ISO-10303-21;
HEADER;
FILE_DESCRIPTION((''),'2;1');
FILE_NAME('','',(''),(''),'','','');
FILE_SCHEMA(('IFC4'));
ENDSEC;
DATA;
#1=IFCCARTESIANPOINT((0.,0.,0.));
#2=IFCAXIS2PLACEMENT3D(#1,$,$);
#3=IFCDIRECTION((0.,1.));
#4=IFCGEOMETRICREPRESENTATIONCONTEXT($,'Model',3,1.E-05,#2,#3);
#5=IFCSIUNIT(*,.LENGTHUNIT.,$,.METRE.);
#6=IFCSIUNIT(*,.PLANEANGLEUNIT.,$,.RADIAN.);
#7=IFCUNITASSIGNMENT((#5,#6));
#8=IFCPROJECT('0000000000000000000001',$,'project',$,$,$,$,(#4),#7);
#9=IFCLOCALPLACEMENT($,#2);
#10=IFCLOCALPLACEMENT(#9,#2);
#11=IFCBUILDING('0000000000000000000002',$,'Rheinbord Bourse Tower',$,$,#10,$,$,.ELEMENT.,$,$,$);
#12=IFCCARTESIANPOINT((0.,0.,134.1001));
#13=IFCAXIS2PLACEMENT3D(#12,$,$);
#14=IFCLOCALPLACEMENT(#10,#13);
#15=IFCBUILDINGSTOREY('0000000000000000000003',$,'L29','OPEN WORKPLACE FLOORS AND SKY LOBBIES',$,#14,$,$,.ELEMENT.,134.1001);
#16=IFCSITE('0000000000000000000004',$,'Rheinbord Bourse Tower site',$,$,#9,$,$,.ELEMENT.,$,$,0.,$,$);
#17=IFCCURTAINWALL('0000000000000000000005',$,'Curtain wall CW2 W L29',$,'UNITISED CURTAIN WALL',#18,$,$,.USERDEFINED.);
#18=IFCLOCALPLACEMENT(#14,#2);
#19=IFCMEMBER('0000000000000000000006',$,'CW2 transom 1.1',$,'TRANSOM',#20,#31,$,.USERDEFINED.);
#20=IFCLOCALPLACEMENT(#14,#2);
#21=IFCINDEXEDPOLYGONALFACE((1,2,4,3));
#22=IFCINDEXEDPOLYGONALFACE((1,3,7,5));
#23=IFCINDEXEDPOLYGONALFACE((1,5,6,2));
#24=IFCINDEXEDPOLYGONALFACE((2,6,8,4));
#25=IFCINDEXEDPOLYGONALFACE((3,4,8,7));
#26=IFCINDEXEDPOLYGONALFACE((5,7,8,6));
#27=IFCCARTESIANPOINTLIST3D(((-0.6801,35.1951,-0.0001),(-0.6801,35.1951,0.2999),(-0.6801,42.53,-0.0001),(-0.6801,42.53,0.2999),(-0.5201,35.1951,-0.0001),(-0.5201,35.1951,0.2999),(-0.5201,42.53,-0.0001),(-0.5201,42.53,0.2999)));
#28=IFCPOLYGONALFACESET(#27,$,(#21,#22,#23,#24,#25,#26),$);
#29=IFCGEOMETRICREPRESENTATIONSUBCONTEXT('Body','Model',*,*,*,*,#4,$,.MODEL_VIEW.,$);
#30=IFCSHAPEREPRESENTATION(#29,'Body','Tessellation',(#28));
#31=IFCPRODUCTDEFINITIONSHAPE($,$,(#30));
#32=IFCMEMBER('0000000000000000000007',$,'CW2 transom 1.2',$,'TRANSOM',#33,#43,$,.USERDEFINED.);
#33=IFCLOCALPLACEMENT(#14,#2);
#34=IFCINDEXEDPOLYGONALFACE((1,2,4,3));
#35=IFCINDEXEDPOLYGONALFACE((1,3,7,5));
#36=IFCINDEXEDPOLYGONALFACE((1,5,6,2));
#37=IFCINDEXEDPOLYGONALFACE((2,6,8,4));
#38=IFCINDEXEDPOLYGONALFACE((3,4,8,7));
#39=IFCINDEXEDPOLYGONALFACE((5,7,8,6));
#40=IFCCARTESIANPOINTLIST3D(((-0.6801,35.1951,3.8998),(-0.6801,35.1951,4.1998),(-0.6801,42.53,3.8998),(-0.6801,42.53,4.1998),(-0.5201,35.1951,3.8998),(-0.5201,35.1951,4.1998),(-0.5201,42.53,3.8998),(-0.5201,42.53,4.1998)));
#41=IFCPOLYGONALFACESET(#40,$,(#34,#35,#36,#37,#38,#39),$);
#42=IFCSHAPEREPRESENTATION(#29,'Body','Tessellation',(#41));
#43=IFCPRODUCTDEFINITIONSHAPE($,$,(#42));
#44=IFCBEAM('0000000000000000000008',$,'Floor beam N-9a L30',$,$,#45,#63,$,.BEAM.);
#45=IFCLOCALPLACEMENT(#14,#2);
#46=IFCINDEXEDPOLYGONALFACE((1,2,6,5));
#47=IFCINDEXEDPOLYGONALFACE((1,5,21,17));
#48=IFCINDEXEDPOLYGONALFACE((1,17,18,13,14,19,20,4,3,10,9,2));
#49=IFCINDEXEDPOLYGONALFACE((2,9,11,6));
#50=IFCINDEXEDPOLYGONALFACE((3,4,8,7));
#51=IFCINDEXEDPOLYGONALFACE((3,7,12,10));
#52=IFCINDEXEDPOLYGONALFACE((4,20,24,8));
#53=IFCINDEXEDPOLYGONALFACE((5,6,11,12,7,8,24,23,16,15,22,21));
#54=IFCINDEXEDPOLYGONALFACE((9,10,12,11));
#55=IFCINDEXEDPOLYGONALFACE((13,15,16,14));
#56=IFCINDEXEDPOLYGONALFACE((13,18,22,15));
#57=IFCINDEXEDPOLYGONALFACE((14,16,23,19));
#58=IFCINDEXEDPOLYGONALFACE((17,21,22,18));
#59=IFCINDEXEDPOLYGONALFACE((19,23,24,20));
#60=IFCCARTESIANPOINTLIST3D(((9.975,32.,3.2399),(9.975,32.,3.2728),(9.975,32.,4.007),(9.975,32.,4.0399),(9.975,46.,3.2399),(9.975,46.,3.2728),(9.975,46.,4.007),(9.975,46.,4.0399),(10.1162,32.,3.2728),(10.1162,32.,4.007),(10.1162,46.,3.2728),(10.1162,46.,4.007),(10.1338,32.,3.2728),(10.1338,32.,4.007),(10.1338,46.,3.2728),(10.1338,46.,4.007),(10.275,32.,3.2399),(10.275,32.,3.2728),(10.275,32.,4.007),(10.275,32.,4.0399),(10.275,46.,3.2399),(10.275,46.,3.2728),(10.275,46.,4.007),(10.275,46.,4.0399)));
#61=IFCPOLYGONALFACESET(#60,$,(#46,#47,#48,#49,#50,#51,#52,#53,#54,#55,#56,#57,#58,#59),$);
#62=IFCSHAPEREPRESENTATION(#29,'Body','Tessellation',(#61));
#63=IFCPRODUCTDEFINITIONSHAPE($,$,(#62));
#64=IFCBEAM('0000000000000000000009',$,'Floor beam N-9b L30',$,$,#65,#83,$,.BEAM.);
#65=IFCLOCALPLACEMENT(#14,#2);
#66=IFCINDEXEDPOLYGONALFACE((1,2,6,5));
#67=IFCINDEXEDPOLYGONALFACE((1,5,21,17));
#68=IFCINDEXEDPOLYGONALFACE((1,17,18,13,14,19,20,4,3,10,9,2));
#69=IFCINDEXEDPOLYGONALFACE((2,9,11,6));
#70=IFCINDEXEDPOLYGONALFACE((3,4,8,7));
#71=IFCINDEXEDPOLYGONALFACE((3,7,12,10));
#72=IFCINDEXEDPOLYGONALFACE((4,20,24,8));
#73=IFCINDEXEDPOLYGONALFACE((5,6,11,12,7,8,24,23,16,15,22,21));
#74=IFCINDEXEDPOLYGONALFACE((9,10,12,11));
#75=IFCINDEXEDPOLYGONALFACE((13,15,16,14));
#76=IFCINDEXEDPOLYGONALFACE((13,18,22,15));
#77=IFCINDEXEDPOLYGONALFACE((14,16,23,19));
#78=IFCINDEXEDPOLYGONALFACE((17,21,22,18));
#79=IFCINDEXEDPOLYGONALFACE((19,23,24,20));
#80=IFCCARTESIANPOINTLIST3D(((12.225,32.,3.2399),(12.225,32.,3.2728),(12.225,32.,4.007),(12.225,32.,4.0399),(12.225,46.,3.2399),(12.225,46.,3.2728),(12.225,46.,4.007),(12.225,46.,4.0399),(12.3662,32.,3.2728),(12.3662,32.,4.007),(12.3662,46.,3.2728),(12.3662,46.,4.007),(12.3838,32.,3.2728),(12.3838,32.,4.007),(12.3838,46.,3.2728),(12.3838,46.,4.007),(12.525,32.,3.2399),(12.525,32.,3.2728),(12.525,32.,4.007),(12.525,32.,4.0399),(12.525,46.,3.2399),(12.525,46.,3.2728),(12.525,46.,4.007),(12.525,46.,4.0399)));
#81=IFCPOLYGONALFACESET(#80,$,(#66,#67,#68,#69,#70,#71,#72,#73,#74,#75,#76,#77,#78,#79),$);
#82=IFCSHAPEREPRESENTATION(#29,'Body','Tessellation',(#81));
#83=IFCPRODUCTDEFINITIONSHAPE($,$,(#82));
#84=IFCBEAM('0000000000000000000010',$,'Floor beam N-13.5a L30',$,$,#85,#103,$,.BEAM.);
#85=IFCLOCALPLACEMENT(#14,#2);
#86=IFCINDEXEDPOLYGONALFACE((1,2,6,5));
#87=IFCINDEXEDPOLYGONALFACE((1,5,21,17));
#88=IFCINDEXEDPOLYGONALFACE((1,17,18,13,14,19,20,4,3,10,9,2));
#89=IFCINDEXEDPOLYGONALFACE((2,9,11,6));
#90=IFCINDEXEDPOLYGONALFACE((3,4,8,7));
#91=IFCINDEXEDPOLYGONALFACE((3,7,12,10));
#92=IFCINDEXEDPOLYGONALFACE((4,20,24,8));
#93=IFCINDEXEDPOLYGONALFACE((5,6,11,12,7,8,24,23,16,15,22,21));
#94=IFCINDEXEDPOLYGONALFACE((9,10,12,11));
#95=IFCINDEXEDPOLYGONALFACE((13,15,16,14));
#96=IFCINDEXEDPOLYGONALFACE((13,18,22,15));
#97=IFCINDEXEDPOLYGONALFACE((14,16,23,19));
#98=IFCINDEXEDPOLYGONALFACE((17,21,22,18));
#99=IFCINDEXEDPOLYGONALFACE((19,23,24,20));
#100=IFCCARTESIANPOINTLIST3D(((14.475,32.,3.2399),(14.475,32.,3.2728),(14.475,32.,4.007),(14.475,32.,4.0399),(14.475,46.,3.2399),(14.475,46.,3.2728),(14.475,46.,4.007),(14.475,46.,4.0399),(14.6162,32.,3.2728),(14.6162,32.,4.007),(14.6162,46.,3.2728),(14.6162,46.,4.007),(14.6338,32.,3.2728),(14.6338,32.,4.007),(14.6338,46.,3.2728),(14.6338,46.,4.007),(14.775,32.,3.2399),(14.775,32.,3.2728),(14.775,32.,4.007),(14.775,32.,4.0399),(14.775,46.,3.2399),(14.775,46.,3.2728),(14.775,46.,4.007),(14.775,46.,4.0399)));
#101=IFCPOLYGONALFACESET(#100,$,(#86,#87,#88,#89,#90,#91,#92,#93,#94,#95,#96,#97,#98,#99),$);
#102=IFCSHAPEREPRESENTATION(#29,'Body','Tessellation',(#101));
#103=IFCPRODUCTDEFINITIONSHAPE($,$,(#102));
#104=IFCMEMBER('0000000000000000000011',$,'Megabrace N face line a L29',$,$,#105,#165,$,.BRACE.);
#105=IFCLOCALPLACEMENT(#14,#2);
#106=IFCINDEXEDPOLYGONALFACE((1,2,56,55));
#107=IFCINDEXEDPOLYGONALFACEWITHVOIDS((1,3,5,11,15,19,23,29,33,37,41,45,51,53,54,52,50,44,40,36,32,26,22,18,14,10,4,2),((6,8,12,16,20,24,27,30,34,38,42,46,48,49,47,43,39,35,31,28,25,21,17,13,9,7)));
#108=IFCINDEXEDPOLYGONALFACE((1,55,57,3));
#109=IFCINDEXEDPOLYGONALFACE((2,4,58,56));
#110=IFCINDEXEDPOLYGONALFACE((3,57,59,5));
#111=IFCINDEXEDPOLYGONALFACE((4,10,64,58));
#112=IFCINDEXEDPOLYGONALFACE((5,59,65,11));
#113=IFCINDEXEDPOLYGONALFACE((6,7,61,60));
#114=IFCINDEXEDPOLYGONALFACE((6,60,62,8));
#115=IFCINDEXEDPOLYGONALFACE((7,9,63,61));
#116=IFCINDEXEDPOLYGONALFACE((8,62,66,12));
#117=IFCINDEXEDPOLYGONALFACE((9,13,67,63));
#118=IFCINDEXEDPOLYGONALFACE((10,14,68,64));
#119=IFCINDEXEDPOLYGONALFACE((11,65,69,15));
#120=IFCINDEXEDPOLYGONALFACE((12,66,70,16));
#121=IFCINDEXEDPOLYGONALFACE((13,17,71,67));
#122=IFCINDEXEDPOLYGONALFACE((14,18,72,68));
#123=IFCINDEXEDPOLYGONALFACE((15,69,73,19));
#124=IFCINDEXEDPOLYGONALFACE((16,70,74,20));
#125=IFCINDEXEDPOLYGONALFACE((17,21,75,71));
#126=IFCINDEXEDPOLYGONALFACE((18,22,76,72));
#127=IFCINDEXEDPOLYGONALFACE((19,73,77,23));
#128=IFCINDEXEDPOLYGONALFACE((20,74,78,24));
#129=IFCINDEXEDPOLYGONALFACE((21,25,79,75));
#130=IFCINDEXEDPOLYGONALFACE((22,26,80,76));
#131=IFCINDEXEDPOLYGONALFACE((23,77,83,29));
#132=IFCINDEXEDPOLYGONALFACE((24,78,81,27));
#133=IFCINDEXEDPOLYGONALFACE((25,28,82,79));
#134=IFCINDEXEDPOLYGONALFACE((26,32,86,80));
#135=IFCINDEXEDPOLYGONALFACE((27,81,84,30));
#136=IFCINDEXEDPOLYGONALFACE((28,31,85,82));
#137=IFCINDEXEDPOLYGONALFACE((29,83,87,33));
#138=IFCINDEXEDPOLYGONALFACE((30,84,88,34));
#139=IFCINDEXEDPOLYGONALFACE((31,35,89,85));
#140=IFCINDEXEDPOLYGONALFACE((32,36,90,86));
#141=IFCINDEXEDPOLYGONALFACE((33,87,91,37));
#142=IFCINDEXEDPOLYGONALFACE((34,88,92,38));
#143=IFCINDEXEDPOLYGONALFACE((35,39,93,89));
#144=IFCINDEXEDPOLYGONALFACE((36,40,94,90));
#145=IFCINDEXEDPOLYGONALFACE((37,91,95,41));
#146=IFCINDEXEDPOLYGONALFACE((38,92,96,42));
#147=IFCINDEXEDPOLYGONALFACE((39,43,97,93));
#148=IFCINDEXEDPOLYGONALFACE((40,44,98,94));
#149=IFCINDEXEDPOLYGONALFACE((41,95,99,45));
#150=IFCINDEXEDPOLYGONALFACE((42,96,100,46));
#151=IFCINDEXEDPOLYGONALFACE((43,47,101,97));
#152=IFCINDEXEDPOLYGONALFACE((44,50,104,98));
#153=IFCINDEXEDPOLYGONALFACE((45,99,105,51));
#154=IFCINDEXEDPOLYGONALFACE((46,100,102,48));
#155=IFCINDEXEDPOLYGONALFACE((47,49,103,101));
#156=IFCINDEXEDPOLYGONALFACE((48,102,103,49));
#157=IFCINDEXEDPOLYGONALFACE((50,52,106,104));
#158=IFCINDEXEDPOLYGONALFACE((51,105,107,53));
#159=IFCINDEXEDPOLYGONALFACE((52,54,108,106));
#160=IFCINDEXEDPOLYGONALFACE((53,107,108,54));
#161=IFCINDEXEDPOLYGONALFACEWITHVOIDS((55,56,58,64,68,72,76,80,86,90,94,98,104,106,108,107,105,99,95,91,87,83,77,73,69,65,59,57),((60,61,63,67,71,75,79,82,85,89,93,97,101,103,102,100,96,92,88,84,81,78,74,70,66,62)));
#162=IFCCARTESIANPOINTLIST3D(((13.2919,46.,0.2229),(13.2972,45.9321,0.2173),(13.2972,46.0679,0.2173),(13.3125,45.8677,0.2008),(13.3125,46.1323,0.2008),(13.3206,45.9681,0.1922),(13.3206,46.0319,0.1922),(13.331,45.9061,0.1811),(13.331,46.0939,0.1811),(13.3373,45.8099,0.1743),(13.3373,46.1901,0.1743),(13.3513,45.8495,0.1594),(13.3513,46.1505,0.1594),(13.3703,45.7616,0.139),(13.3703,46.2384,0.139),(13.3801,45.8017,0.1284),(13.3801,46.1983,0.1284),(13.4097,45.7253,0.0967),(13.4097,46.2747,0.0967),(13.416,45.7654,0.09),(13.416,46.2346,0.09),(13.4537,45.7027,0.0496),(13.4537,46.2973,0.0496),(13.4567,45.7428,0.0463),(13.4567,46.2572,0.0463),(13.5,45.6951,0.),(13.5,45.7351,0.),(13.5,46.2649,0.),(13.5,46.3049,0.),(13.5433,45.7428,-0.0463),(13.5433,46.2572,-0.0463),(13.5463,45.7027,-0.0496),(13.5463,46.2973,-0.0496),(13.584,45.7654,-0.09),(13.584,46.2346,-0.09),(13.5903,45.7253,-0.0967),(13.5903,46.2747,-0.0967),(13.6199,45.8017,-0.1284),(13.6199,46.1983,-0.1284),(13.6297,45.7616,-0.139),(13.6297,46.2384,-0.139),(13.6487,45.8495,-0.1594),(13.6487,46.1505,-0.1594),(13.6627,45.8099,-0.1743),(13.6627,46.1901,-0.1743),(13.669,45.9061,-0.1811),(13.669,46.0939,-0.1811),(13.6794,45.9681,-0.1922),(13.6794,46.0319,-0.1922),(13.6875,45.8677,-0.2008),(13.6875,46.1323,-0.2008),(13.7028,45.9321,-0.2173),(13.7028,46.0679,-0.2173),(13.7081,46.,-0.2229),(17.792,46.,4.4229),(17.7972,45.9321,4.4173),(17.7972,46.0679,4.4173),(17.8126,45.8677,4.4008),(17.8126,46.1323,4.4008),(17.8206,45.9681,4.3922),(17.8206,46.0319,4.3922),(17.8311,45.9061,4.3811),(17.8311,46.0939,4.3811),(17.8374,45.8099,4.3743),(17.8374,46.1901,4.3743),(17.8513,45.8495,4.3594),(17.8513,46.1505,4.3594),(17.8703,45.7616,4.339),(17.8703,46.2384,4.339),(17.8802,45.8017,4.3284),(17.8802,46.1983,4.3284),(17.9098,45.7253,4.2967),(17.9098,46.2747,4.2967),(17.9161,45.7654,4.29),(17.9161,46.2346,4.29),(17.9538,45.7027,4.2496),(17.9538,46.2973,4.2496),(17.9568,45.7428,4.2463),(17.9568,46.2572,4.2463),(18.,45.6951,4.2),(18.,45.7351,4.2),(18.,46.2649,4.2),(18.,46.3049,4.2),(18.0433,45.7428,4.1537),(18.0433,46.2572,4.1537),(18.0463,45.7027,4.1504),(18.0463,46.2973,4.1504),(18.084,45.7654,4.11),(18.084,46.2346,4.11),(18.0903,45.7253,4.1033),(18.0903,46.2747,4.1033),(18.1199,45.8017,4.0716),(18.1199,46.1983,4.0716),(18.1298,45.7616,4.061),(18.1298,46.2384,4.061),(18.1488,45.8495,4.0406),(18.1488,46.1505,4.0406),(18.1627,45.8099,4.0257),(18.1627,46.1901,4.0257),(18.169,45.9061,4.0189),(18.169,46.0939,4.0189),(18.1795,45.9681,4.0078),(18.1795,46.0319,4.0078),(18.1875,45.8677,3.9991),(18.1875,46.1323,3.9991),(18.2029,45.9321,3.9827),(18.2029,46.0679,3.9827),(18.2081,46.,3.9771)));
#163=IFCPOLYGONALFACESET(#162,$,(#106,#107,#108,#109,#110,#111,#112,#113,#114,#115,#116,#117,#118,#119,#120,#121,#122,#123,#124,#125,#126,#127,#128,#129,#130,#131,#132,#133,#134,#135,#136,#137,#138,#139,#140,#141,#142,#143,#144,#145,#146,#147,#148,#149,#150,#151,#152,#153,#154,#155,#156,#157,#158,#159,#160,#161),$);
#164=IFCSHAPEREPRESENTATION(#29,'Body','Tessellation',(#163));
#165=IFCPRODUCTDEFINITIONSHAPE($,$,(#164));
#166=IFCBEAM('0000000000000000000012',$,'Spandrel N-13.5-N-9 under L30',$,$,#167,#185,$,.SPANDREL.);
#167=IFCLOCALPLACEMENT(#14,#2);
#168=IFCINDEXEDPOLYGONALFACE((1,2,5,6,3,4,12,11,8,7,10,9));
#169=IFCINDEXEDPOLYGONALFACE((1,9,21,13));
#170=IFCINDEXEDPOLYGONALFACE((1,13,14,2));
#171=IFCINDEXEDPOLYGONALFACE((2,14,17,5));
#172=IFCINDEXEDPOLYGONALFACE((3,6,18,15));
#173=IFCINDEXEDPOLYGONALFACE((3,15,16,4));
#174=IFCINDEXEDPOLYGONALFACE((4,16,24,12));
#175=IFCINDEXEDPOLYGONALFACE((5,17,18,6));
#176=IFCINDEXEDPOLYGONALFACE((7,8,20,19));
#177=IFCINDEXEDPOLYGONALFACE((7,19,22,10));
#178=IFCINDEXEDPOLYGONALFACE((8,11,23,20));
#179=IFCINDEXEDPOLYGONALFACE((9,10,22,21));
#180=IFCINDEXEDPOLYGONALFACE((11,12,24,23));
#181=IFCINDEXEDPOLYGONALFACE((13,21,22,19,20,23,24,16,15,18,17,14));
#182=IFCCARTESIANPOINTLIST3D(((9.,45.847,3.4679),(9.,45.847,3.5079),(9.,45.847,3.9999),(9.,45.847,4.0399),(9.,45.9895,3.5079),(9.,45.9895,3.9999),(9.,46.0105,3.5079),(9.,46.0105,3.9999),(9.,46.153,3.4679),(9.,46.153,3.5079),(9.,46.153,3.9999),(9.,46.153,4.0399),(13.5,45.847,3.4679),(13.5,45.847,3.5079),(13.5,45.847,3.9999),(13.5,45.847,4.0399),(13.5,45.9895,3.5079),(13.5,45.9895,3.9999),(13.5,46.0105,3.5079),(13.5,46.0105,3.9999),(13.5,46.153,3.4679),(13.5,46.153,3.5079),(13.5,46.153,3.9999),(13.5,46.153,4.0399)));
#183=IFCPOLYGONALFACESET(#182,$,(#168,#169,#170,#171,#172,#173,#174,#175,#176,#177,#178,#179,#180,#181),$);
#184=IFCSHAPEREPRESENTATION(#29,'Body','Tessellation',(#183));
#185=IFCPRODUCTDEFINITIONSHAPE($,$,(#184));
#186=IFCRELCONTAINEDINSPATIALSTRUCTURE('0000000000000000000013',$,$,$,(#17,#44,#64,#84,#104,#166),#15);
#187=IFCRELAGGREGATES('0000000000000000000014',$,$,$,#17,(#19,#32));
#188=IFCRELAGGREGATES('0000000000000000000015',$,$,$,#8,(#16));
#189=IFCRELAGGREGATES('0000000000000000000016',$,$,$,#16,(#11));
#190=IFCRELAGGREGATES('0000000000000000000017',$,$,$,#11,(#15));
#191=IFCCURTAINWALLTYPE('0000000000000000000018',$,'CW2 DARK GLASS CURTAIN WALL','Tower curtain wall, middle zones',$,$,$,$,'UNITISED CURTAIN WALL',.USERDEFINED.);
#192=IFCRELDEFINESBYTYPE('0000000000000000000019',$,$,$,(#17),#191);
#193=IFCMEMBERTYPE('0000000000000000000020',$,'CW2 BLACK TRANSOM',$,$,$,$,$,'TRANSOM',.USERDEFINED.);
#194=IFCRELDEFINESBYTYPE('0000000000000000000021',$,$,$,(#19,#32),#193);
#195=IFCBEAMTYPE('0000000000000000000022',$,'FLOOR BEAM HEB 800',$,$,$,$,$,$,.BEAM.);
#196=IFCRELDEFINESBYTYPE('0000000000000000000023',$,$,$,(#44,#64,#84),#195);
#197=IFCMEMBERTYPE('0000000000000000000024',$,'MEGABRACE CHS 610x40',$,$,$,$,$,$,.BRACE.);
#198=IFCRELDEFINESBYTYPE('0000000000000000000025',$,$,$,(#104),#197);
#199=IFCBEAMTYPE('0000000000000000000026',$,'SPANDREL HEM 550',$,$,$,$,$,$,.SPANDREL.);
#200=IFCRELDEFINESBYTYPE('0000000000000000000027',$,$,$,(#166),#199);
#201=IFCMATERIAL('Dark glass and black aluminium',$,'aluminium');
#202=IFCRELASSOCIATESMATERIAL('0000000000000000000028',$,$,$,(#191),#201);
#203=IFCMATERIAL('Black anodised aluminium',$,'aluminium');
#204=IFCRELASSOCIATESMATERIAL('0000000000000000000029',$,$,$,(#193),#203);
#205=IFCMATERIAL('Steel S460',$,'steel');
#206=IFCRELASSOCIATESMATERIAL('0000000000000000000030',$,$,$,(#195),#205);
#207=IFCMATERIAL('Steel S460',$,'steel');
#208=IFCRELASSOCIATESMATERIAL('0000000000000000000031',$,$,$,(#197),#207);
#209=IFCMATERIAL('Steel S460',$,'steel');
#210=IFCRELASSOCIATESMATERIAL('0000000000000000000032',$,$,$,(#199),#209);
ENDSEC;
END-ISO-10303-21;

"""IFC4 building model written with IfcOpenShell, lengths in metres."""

from ifc_helpers import new_model, si_unit, direction, frame, origin, origin_2d, place, context, subcontext, project, spatial, rectangle, hollow_circle, i_section, extrude, material, material_profile, profile_set, type_object, element, aggregate, save


model = new_model("IFC4")

# Units and contexts
model_context = context("Model", 3, precision=1e-05, world=origin(), true_north=direction((0.0, 1.0)))
body_context = subcontext(model_context, "Body", "Model", "MODEL_VIEW")
ifc_project = project(units=[si_unit("LENGTHUNIT", "METRE"), si_unit("PLANEANGLEUNIT", "RADIAN")], contexts=[model_context])

# Site, building, storey
site_placement = place(None, origin())
site = spatial("IfcSite", under=ifc_project, at=site_placement, Name="Rheinbord Bourse Tower site", CompositionType="ELEMENT", RefElevation=0.0)
building_placement = place(site_placement, origin())
building = spatial("IfcBuilding", under=site, at=building_placement, Name="Rheinbord Bourse Tower", CompositionType="ELEMENT")
storey_placement = place(building_placement, frame((0.0, 0.0, 134.1001)))
storey = spatial("IfcBuildingStorey", under=building, at=storey_placement, Name="L29", Description="OPEN WORKPLACE FLOORS AND SKY LOBBIES", CompositionType="ELEMENT", Elevation=134.1001)

# Shared definitions
ifc_material_1 = material(Name="Dark glass and black aluminium", Category="aluminium")
curtain_wall_type = type_object("IfcCurtainWallType", Name="CW2 DARK GLASS CURTAIN WALL", Description="Tower curtain wall, middle zones", ElementType="UNITISED CURTAIN WALL", PredefinedType="USERDEFINED", material=ifc_material_1)

# Curtain wall
curtain_wall_1_placement = place(storey_placement, origin())
curtain_wall_1 = element("IfcCurtainWall", 1, at=curtain_wall_1_placement, inside=storey, type_object=curtain_wall_type, Name="Curtain wall CW2 W L29", ObjectType="UNITISED CURTAIN WALL", PredefinedType="USERDEFINED")

# Members
ifc_material_2 = material(Name="Black anodised aluminium", Category="aluminium")
ifc_material_profile_1 = material_profile(ifc_material_2, rectangle(XDim=0.1599, YDim=0.3, at=origin_2d()), Name="CW2 TRANSOM 300x160")
ifc_profile_set_1 = profile_set([ifc_material_profile_1], Name="Black anodised aluminium")
member_type_1 = type_object("IfcMemberType", Name="CW2 BLACK TRANSOM", ElementType="TRANSOM", PredefinedType="USERDEFINED", material=ifc_profile_set_1)
member_1_placement = place(storey_placement, frame((-0.6001, 42.53, 0.1499), z_axis=(0.0, -1.0, 0.0), x_axis=(1.0, 0.0, 0.0)))
member_1 = element("IfcMember", 2, at=member_1_placement, type_object=member_type_1, Name="CW2 transom 1.1", ObjectType="TRANSOM", PredefinedType="USERDEFINED", context=body_context, shape_type="SweptSolid", body=[
    extrude(rectangle(XDim=0.1599, YDim=0.3, at=origin_2d()), origin(), (0.0, 0.0, 1.0), 7.335),
])
member_2_placement = place(storey_placement, frame((-0.6001, 42.53, 4.0498), z_axis=(0.0, -1.0, 0.0), x_axis=(1.0, 0.0, 0.0)))
member_2 = element("IfcMember", 3, at=member_2_placement, type_object=member_type_1, Name="CW2 transom 1.2", ObjectType="TRANSOM", PredefinedType="USERDEFINED", context=body_context, shape_type="SweptSolid", body=[
    extrude(rectangle(XDim=0.1599, YDim=0.3, at=origin_2d()), origin(), (0.0, 0.0, 1.0), 7.335),
])
aggregate(curtain_wall_1, [member_1, member_2])

# Beams
ifc_material_3 = material(Name="Steel S460", Category="steel")
ifc_material_profile_2 = material_profile(ifc_material_3, i_section(OverallWidth=0.3, OverallDepth=0.8, WebThickness=0.0176, FlangeThickness=0.033, at=origin_2d()), Name="HEB 800")
ifc_profile_set_2 = profile_set([ifc_material_profile_2], Name="Steel S460")
beam_type_1 = type_object("IfcBeamType", Name="FLOOR BEAM HEB 800", PredefinedType="BEAM", material=ifc_profile_set_2)
for number, where, z_axis, x_axis, name in (
    (4, (10.125, 46.0, 3.6399), (0.0, -1.0, 0.0), (1.0, 0.0, 0.0), "Floor beam N-9a L30"),
    (5, (12.375, 46.0, 3.6399), (0.0, -1.0, 0.0), (1.0, 0.0, 0.0), "Floor beam N-9b L30"),
    (6, (14.625, 46.0, 3.6399), (0.0, -1.0, 0.0), (1.0, 0.0, 0.0), "Floor beam N-13.5a L30"),
):
    element("IfcBeam", number, at=place(storey_placement, frame(where, z_axis=z_axis, x_axis=x_axis)), inside=storey, type_object=beam_type_1, Name=name, PredefinedType="BEAM", context=body_context, shape_type="SweptSolid", body=[
        extrude(i_section(OverallWidth=0.3, OverallDepth=0.8, WebThickness=0.0176, FlangeThickness=0.033, at=origin_2d()), origin(), (0.0, 0.0, 1.0), 14.0),
    ])

# Member
ifc_material_4 = material(Name="Steel S460", Category="steel")
ifc_material_profile_3 = material_profile(ifc_material_4, hollow_circle(Radius=0.3049, WallThickness=0.04, at=origin_2d()), Name="CHS 610x40")
ifc_profile_set_3 = profile_set([ifc_material_profile_3], Name="Steel S460")
member_type_2 = type_object("IfcMemberType", Name="MEGABRACE CHS 610x40", PredefinedType="BRACE", material=ifc_profile_set_3)
member_3_placement = place(storey_placement, frame((13.5, 46.0, 0.0), z_axis=(0.731059, 0.0, 0.682314), x_axis=(0.0, 1.0, 0.0)))
element("IfcMember", 7, at=member_3_placement, inside=storey, type_object=member_type_2, Name="Megabrace N face line a L29", PredefinedType="BRACE", context=body_context, shape_type="SweptSolid", body=[
    extrude(hollow_circle(Radius=0.3049, WallThickness=0.04, at=origin_2d()), origin(), (0.0, 0.0, 1.0), 6.1555),
])

# Beam
ifc_material_5 = material(Name="Steel S460", Category="steel")
ifc_material_profile_4 = material_profile(ifc_material_5, i_section(OverallWidth=0.3059, OverallDepth=0.572, WebThickness=0.021, FlangeThickness=0.04, at=origin_2d()), Name="HEM 550")
ifc_profile_set_4 = profile_set([ifc_material_profile_4], Name="Steel S460")
beam_type_2 = type_object("IfcBeamType", Name="SPANDREL HEM 550", PredefinedType="SPANDREL", material=ifc_profile_set_4)
for number, where, z_axis, x_axis, name in (
    (8, (13.5, 46.0, 3.7539), (-1.0, 0.0, 0.0), (0.0, -1.0, 0.0), "Spandrel N-13.5-N-9 under L30"),
):
    element("IfcBeam", number, at=place(storey_placement, frame(where, z_axis=z_axis, x_axis=x_axis)), inside=storey, type_object=beam_type_2, Name=name, PredefinedType="SPANDREL", context=body_context, shape_type="SweptSolid", body=[
        extrude(i_section(OverallWidth=0.3059, OverallDepth=0.572, WebThickness=0.021, FlangeThickness=0.04, at=origin_2d()), origin(), (0.0, 0.0, 1.0), 4.5),
    ])

save(model, "model.ifc")
